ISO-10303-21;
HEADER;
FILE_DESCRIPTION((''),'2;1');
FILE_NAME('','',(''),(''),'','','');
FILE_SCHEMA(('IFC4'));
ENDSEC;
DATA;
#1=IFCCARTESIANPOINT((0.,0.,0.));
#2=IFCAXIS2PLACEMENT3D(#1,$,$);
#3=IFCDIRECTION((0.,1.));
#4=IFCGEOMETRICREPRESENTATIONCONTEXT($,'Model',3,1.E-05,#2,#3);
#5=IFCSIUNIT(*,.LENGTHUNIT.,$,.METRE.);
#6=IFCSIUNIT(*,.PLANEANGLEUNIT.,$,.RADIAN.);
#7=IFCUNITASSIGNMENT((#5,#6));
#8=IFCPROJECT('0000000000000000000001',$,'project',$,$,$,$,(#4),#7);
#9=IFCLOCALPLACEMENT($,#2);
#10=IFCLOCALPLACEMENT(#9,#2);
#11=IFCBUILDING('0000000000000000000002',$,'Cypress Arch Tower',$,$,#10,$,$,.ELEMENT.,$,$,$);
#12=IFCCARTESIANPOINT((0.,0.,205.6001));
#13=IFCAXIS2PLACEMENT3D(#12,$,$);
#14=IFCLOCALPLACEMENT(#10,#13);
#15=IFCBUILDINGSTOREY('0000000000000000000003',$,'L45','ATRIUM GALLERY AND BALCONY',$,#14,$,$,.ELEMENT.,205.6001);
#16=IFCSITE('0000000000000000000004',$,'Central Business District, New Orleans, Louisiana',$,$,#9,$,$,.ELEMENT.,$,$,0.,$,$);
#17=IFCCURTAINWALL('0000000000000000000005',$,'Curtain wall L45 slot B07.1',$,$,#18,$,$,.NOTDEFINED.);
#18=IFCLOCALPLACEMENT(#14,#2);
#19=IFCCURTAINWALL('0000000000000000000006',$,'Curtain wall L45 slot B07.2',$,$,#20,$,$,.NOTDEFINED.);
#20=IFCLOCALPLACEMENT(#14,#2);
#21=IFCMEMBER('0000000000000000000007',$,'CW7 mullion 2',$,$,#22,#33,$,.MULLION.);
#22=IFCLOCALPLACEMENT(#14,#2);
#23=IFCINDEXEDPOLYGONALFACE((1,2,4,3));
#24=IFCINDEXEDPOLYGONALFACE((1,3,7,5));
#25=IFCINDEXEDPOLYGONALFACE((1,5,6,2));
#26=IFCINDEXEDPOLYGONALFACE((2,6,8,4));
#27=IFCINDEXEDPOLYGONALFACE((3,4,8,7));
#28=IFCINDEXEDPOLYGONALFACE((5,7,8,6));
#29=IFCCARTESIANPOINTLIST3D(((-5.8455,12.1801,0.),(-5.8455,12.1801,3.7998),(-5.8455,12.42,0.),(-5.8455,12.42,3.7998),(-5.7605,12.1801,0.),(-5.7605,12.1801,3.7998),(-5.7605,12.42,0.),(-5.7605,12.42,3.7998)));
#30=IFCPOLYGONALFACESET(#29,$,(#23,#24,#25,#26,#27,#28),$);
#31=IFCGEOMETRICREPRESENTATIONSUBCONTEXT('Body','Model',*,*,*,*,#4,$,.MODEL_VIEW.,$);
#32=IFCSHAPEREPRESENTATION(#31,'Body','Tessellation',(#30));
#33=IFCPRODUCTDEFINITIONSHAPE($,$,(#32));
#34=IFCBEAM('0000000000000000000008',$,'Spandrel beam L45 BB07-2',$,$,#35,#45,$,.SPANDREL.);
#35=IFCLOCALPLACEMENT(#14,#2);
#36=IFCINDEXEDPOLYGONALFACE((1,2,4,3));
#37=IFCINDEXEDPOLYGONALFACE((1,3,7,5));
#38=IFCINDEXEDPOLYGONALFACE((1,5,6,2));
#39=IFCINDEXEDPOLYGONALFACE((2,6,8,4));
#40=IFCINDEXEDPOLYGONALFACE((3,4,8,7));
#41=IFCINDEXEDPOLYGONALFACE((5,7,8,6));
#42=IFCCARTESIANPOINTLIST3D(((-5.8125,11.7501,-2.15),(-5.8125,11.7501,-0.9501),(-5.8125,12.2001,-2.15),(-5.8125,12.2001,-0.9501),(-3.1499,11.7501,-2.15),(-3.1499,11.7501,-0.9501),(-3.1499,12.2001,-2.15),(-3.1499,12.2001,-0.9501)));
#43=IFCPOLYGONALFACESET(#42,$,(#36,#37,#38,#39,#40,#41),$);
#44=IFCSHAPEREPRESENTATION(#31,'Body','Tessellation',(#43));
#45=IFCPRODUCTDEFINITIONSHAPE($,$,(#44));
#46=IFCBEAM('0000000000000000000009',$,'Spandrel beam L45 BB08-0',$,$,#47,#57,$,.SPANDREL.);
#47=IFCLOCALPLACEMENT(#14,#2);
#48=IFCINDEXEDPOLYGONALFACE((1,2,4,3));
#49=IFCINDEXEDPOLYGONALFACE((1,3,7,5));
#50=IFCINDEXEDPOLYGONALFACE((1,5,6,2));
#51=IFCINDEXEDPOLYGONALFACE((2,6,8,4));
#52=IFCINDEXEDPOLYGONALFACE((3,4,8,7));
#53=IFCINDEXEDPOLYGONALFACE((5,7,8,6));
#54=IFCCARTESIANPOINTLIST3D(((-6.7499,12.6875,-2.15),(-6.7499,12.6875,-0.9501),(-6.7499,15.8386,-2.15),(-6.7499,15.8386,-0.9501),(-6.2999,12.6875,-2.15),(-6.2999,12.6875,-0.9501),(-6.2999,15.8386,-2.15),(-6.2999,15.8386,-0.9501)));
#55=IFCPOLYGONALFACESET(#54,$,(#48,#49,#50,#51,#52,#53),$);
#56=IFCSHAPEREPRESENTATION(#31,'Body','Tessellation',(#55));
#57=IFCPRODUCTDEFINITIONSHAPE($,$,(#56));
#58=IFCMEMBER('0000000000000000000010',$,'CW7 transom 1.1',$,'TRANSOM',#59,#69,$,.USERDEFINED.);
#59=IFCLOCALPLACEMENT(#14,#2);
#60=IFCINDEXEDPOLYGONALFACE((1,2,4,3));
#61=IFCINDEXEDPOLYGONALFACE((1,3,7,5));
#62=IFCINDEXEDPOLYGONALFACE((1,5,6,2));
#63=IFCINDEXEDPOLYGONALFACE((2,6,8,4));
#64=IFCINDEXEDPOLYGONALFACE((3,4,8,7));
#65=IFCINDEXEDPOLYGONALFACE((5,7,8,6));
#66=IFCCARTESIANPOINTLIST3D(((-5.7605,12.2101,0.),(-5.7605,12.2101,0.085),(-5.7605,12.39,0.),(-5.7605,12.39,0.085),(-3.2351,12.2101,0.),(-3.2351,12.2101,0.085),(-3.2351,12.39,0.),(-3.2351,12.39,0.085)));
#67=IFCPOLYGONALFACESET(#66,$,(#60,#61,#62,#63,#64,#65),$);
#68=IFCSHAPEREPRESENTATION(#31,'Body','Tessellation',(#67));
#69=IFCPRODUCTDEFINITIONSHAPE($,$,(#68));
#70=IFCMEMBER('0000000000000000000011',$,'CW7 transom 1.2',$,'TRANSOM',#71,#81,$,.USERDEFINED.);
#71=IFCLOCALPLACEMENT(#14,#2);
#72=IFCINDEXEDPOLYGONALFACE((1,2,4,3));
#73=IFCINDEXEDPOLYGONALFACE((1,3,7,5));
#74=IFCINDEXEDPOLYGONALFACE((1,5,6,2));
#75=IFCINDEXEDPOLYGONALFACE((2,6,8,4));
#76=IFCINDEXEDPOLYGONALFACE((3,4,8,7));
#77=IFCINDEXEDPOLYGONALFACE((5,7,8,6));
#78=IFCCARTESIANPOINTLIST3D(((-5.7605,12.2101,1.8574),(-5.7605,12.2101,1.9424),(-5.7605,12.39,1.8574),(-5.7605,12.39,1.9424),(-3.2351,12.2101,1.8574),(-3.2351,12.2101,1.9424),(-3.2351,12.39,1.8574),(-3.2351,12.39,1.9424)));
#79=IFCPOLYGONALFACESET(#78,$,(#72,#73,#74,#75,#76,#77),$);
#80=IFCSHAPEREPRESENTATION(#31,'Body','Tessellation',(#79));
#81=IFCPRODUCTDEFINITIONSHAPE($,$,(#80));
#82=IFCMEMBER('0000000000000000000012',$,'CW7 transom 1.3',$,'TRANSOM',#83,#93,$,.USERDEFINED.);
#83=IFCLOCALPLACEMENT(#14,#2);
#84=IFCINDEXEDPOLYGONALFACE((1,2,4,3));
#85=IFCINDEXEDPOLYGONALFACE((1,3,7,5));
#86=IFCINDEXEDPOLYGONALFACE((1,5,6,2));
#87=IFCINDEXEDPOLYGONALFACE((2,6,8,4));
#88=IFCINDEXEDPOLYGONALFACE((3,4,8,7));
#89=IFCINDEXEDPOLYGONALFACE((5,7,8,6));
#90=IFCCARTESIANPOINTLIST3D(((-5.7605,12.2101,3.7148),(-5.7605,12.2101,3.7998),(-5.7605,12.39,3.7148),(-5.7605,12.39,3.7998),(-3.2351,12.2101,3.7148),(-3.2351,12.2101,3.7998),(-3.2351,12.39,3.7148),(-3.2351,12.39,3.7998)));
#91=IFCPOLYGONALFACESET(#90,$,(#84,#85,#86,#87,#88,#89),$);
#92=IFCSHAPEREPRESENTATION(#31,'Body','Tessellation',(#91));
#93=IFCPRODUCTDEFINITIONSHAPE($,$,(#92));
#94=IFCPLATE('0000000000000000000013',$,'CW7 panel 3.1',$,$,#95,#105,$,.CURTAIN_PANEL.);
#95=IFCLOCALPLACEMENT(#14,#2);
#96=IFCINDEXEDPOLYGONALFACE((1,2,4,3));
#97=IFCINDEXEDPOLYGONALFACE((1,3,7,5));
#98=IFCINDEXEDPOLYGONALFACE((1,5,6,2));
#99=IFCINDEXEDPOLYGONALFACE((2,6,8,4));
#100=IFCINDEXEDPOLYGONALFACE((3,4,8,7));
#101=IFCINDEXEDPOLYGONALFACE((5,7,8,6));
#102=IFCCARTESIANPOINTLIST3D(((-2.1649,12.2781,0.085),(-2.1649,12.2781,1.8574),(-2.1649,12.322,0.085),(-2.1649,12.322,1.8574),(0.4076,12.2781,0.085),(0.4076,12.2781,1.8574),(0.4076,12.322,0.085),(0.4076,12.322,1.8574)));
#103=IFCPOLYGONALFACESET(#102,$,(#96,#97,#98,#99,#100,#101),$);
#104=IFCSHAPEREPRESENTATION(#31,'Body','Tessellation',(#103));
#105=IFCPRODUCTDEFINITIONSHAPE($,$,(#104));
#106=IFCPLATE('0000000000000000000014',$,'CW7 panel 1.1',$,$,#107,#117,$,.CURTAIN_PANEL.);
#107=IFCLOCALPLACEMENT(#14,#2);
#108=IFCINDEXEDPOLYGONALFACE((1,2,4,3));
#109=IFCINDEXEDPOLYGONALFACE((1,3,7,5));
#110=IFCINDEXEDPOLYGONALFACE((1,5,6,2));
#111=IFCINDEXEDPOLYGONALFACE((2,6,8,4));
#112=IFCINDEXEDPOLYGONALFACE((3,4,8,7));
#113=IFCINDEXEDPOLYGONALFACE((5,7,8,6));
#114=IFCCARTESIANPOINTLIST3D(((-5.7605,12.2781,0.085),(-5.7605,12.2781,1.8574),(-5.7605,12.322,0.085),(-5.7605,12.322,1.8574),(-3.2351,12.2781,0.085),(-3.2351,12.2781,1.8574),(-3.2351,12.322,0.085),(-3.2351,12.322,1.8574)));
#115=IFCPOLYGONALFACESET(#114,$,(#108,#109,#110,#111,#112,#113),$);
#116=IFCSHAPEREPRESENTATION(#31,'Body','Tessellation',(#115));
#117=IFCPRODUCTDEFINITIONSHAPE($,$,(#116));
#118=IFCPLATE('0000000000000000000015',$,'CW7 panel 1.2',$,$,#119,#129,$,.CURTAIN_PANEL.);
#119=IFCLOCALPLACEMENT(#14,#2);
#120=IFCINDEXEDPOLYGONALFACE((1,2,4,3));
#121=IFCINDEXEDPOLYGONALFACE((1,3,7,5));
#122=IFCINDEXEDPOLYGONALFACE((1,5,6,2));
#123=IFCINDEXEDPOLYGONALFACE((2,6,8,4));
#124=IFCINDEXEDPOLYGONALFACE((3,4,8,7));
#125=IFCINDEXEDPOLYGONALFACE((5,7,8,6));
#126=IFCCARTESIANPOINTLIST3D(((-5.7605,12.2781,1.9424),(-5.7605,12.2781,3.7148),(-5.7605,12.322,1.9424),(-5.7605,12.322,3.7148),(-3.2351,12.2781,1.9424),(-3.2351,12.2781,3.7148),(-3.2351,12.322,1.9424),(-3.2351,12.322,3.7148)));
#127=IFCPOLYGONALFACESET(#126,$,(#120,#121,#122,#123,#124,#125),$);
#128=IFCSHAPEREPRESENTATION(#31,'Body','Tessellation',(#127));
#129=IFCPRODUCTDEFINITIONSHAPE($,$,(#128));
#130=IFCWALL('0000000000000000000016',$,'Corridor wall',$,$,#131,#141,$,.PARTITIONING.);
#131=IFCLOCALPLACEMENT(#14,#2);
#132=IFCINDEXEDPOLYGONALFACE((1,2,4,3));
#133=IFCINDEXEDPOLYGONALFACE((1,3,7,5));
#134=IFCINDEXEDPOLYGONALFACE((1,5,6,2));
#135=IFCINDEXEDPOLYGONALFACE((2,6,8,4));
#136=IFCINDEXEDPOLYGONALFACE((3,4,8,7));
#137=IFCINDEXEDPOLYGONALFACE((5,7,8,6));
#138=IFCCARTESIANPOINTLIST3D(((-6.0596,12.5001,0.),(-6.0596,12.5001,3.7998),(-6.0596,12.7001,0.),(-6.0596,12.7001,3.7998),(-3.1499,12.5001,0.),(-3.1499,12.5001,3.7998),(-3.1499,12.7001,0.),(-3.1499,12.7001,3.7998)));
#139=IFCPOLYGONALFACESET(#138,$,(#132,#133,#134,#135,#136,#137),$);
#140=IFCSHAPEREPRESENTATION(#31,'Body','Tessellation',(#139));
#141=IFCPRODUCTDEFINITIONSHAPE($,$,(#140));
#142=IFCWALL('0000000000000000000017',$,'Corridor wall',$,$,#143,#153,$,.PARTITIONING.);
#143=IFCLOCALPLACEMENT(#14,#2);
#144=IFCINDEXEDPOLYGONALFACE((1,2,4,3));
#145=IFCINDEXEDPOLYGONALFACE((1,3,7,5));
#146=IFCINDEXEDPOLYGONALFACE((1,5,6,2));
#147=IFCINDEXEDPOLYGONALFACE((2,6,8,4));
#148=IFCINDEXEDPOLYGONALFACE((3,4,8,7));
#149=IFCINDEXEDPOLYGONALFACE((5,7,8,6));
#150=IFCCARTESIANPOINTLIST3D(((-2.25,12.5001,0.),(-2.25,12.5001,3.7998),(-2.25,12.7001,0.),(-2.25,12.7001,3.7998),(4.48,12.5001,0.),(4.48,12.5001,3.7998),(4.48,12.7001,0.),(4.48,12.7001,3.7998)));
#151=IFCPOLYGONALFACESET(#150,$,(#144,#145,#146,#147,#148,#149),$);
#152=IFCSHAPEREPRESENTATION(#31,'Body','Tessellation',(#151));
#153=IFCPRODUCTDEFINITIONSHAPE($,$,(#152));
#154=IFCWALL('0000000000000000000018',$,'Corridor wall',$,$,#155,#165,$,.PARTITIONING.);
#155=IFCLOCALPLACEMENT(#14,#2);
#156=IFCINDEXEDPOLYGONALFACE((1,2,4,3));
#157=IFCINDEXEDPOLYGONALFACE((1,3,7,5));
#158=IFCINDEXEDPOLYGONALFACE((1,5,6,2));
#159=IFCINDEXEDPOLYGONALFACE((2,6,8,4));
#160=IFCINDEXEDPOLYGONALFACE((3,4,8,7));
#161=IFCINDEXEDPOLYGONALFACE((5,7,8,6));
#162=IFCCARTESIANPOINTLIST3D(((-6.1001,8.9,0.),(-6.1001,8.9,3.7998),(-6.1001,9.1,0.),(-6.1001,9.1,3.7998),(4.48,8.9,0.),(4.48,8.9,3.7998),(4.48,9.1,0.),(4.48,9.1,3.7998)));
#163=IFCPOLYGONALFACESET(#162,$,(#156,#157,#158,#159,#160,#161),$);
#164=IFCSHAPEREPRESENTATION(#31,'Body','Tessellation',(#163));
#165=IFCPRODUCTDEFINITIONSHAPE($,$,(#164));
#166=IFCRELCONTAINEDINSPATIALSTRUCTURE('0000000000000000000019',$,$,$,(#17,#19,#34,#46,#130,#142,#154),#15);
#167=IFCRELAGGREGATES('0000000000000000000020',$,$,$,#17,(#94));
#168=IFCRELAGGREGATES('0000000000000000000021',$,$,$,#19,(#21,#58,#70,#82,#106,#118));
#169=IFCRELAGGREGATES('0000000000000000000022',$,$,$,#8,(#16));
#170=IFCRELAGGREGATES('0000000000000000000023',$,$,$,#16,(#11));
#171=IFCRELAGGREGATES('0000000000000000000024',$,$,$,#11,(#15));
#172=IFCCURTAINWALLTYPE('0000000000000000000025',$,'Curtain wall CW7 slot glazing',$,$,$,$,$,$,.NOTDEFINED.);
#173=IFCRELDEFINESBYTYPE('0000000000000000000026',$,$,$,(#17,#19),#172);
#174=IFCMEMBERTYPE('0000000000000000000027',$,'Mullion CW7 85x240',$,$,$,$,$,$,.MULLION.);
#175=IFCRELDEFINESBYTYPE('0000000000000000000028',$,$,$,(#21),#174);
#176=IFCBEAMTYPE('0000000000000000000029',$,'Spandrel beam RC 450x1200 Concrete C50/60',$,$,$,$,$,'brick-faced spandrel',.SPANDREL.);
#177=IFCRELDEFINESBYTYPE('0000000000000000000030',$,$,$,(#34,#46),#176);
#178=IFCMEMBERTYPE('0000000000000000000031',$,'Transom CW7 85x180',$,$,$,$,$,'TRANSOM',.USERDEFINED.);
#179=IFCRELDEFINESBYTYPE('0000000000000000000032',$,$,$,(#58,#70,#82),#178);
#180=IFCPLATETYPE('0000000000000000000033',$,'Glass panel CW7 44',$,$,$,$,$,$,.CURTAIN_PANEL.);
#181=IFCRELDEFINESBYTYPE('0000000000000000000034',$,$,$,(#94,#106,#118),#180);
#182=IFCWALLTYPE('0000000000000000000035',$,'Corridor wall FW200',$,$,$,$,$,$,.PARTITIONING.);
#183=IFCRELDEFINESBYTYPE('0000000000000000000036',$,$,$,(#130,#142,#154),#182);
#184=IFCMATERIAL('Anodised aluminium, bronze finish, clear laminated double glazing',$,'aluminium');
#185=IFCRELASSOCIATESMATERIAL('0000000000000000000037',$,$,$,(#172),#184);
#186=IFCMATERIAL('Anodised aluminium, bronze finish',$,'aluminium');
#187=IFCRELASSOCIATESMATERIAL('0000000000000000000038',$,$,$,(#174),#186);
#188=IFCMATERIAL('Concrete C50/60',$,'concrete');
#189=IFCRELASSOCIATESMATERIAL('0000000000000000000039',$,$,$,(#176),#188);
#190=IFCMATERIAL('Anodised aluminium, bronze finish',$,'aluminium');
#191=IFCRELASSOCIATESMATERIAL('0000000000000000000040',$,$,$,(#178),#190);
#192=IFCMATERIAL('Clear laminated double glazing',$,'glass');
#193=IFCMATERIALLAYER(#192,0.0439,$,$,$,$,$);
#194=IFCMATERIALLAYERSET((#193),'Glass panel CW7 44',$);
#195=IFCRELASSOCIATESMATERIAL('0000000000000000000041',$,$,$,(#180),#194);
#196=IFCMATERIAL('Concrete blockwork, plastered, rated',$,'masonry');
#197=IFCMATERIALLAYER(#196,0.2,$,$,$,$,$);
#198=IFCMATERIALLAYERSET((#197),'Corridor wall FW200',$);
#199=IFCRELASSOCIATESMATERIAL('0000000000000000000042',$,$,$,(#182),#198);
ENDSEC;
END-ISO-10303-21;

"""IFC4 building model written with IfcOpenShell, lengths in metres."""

from ifc_helpers import new_model, si_unit, direction, frame, frame_2d, origin, origin_2d, place, context, subcontext, project, spatial, rectangle, extrude, material, layer, layer_set, material_profile, profile_set, type_object, element, aggregate, save


model = new_model("IFC4")

# Units and contexts
model_context = context("Model", 3, precision=1e-05, world=origin(), true_north=direction((0.0, 1.0)))
body_context = subcontext(model_context, "Body", "Model", "MODEL_VIEW")
ifc_project = project(units=[si_unit("LENGTHUNIT", "METRE"), si_unit("PLANEANGLEUNIT", "RADIAN")], contexts=[model_context])

# Site, building, storey
site_placement = place(None, origin())
site = spatial("IfcSite", under=ifc_project, at=site_placement, Name="Central Business District, New Orleans, Louisiana", CompositionType="ELEMENT", RefElevation=0.0)
building_placement = place(site_placement, origin())
building = spatial("IfcBuilding", under=site, at=building_placement, Name="Cypress Arch Tower", CompositionType="ELEMENT")
storey_placement = place(building_placement, frame((0.0, 0.0, 205.6001)))
storey = spatial("IfcBuildingStorey", under=building, at=storey_placement, Name="L45", Description="ATRIUM GALLERY AND BALCONY", CompositionType="ELEMENT", Elevation=205.6001)

# Curtain wall
ifc_material_1 = material(Name="Anodised aluminium, bronze finish, clear laminated double glazing", Category="aluminium")
curtain_wall_type = type_object("IfcCurtainWallType", Name="Curtain wall CW7 slot glazing", PredefinedType="NOTDEFINED", material=ifc_material_1)
curtain_wall_1_placement = place(storey_placement, origin())
curtain_wall_1 = element("IfcCurtainWall", 1, at=curtain_wall_1_placement, inside=storey, type_object=curtain_wall_type, Name="Curtain wall L45 slot B07.1", PredefinedType="NOTDEFINED")
ifc_material_2 = material(Name="Anodised aluminium, bronze finish", Category="aluminium")
ifc_material_profile_1 = material_profile(ifc_material_2, rectangle(XDim=0.24, YDim=0.085, at=origin_2d()), Name="Mullion 85x240")
ifc_profile_set_1 = profile_set([ifc_material_profile_1], Name="Anodised aluminium, bronze finish")
member_type_1 = type_object("IfcMemberType", Name="Mullion CW7 85x240", PredefinedType="MULLION", material=ifc_profile_set_1)

# Curtain wall, member
curtain_wall_2_placement = place(storey_placement, origin())
curtain_wall_2 = element("IfcCurtainWall", 2, at=curtain_wall_2_placement, inside=storey, type_object=curtain_wall_type, Name="Curtain wall L45 slot B07.2", PredefinedType="NOTDEFINED")
member_1_placement = place(storey_placement, frame((-5.803, 12.3, 0.0), z_axis=(0.0, 0.0, 1.0), x_axis=(0.0, -1.0, 0.0)))
member_1 = element("IfcMember", 3, at=member_1_placement, type_object=member_type_1, Name="CW7 mullion 2", PredefinedType="MULLION", context=body_context, shape_type="SweptSolid", body=[
    extrude(rectangle(XDim=0.24, YDim=0.085, at=origin_2d()), origin(), (0.0, 0.0, 1.0), 3.7998),
])

# Beams
ifc_material_3 = material(Name="Concrete C50/60", Category="concrete")
ifc_material_profile_2 = material_profile(ifc_material_3, rectangle(XDim=0.45, YDim=1.2, at=origin_2d()), Name="RC 450x1200")
ifc_profile_set_2 = profile_set([ifc_material_profile_2], Name="Concrete C50/60")
beam_type_1 = type_object("IfcBeamType", Name="Spandrel beam RC 450x1200 Concrete C50/60", ElementType="brick-faced spandrel", PredefinedType="SPANDREL", material=ifc_profile_set_2)
beam_1_placement = place(storey_placement, frame((-3.1499, 11.9751, -1.55), z_axis=(-1.0, 0.0, 0.0), x_axis=(0.0, -1.0, 0.0)))
element("IfcBeam", 4, at=beam_1_placement, inside=storey, type_object=beam_type_1, Name="Spandrel beam L45 BB07-2", PredefinedType="SPANDREL", context=body_context, shape_type="SweptSolid", body=[
    extrude(rectangle(XDim=0.45, YDim=1.2, at=origin_2d()), origin(), (0.0, 0.0, 1.0), 2.6626),
])
beam_2_placement = place(storey_placement, frame((-6.5249, 12.6875, -1.55), z_axis=(0.0, 1.0, 0.0), x_axis=(-1.0, 0.0, 0.0)))
element("IfcBeam", 5, at=beam_2_placement, inside=storey, type_object=beam_type_1, Name="Spandrel beam L45 BB08-0", PredefinedType="SPANDREL", context=body_context, shape_type="SweptSolid", body=[
    extrude(rectangle(XDim=0.45, YDim=1.2, at=origin_2d()), origin(), (0.0, 0.0, 1.0), 3.1511),
])

# Members
ifc_material_4 = material(Name="Anodised aluminium, bronze finish", Category="aluminium")
ifc_material_profile_3 = material_profile(ifc_material_4, rectangle(XDim=0.1799, YDim=0.085, at=origin_2d()), Name="Transom 85x180")
ifc_profile_set_3 = profile_set([ifc_material_profile_3], Name="Anodised aluminium, bronze finish")
member_type_2 = type_object("IfcMemberType", Name="Transom CW7 85x180", ElementType="TRANSOM", PredefinedType="USERDEFINED", material=ifc_profile_set_3)
member_2_placement = place(storey_placement, frame((-3.2351, 12.3, 0.0425), z_axis=(-1.0, 0.0, 0.0), x_axis=(0.0, -1.0, 0.0)))
member_2 = element("IfcMember", 6, at=member_2_placement, type_object=member_type_2, Name="CW7 transom 1.1", ObjectType="TRANSOM", PredefinedType="USERDEFINED", context=body_context, shape_type="SweptSolid", body=[
    extrude(rectangle(XDim=0.1799, YDim=0.085, at=origin_2d()), origin(), (0.0, 0.0, 1.0), 2.5254),
])
member_3_placement = place(storey_placement, frame((-3.2351, 12.3, 1.8999), z_axis=(-1.0, 0.0, 0.0), x_axis=(0.0, -1.0, 0.0)))
member_3 = element("IfcMember", 7, at=member_3_placement, type_object=member_type_2, Name="CW7 transom 1.2", ObjectType="TRANSOM", PredefinedType="USERDEFINED", context=body_context, shape_type="SweptSolid", body=[
    extrude(rectangle(XDim=0.1799, YDim=0.085, at=origin_2d()), origin(), (0.0, 0.0, 1.0), 2.5254),
])
member_4_placement = place(storey_placement, frame((-3.2351, 12.3, 3.7573), z_axis=(-1.0, 0.0, 0.0), x_axis=(0.0, -1.0, 0.0)))
member_4 = element("IfcMember", 8, at=member_4_placement, type_object=member_type_2, Name="CW7 transom 1.3", ObjectType="TRANSOM", PredefinedType="USERDEFINED", context=body_context, shape_type="SweptSolid", body=[
    extrude(rectangle(XDim=0.1799, YDim=0.085, at=origin_2d()), origin(), (0.0, 0.0, 1.0), 2.5254),
])

# Plates
ifc_material_5 = material(Name="Clear laminated double glazing", Category="glass")
ifc_layer_1 = layer(ifc_material_5, 0.0439)
ifc_layer_set_1 = layer_set([ifc_layer_1], Name="Glass panel CW7 44")
plate_type = type_object("IfcPlateType", Name="Glass panel CW7 44", PredefinedType="CURTAIN_PANEL", material=ifc_layer_set_1)
plate_1_placement = place(storey_placement, frame((-0.8787, 12.3, 0.085), z_axis=(0.0, 0.0, 1.0), x_axis=(-1.0, 0.0, 0.0)))
plate_1 = element("IfcPlate", 9, at=plate_1_placement, type_object=plate_type, Name="CW7 panel 3.1", PredefinedType="CURTAIN_PANEL", context=body_context, shape_type="SweptSolid", body=[
    extrude(rectangle(XDim=2.5725, YDim=0.0439, at=origin_2d()), origin(), (0.0, 0.0, 1.0), 1.7725),
])
aggregate(curtain_wall_1, [plate_1])
plate_2_placement = place(storey_placement, frame((-4.4978, 12.3, 0.085), z_axis=(0.0, 0.0, 1.0), x_axis=(-1.0, 0.0, 0.0)))
plate_2 = element("IfcPlate", 10, at=plate_2_placement, type_object=plate_type, Name="CW7 panel 1.1", PredefinedType="CURTAIN_PANEL", context=body_context, shape_type="SweptSolid", body=[
    extrude(rectangle(XDim=2.5254, YDim=0.0439, at=origin_2d()), origin(), (0.0, 0.0, 1.0), 1.7725),
])
plate_3_placement = place(storey_placement, frame((-4.4978, 12.3, 1.9424), z_axis=(0.0, 0.0, 1.0), x_axis=(-1.0, 0.0, 0.0)))
plate_3 = element("IfcPlate", 11, at=plate_3_placement, type_object=plate_type, Name="CW7 panel 1.2", PredefinedType="CURTAIN_PANEL", context=body_context, shape_type="SweptSolid", body=[
    extrude(rectangle(XDim=2.5254, YDim=0.0439, at=origin_2d()), origin(), (0.0, 0.0, 1.0), 1.7725),
])
aggregate(curtain_wall_2, [member_1, member_2, member_3, member_4, plate_2, plate_3])

# Shared definitions
ifc_material_6 = material(Name="Concrete blockwork, plastered, rated", Category="masonry")
ifc_layer_2 = layer(ifc_material_6, 0.2)
ifc_layer_set_2 = layer_set([ifc_layer_2], Name="Corridor wall FW200")
wall_type = type_object("IfcWallType", Name="Corridor wall FW200", PredefinedType="PARTITIONING", material=ifc_layer_set_2)

# Walls
wall_1_placement = place(storey_placement, frame((-6.0596, 12.6001, 0.0), z_axis=(0.0, 0.0, 1.0), x_axis=(1.0, 0.0, 0.0)))
element("IfcWall", 12, at=wall_1_placement, inside=storey, type_object=wall_type, Name="Corridor wall", PredefinedType="PARTITIONING", context=body_context, shape_type="SweptSolid", body=[
    extrude(rectangle(XDim=2.9097, YDim=0.2, at=frame_2d((1.4548, 0.0))), origin(), (0.0, 0.0, 1.0), 3.7998),
])
wall_2_placement = place(storey_placement, frame((-2.25, 12.6001, 0.0), z_axis=(0.0, 0.0, 1.0), x_axis=(1.0, 0.0, 0.0)))
element("IfcWall", 13, at=wall_2_placement, inside=storey, type_object=wall_type, Name="Corridor wall", PredefinedType="PARTITIONING", context=body_context, shape_type="SweptSolid", body=[
    extrude(rectangle(XDim=6.73, YDim=0.2, at=frame_2d((3.365, 0.0))), origin(), (0.0, 0.0, 1.0), 3.7998),
])
wall_3_placement = place(storey_placement, frame((-6.1001, 9.0, 0.0), z_axis=(0.0, 0.0, 1.0), x_axis=(1.0, 0.0, 0.0)))
element("IfcWall", 14, at=wall_3_placement, inside=storey, type_object=wall_type, Name="Corridor wall", PredefinedType="PARTITIONING", context=body_context, shape_type="SweptSolid", body=[
    extrude(rectangle(XDim=10.5801, YDim=0.2, at=frame_2d((5.29, 0.0))), origin(), (0.0, 0.0, 1.0), 3.7998),
])

save(model, "model.ifc")
